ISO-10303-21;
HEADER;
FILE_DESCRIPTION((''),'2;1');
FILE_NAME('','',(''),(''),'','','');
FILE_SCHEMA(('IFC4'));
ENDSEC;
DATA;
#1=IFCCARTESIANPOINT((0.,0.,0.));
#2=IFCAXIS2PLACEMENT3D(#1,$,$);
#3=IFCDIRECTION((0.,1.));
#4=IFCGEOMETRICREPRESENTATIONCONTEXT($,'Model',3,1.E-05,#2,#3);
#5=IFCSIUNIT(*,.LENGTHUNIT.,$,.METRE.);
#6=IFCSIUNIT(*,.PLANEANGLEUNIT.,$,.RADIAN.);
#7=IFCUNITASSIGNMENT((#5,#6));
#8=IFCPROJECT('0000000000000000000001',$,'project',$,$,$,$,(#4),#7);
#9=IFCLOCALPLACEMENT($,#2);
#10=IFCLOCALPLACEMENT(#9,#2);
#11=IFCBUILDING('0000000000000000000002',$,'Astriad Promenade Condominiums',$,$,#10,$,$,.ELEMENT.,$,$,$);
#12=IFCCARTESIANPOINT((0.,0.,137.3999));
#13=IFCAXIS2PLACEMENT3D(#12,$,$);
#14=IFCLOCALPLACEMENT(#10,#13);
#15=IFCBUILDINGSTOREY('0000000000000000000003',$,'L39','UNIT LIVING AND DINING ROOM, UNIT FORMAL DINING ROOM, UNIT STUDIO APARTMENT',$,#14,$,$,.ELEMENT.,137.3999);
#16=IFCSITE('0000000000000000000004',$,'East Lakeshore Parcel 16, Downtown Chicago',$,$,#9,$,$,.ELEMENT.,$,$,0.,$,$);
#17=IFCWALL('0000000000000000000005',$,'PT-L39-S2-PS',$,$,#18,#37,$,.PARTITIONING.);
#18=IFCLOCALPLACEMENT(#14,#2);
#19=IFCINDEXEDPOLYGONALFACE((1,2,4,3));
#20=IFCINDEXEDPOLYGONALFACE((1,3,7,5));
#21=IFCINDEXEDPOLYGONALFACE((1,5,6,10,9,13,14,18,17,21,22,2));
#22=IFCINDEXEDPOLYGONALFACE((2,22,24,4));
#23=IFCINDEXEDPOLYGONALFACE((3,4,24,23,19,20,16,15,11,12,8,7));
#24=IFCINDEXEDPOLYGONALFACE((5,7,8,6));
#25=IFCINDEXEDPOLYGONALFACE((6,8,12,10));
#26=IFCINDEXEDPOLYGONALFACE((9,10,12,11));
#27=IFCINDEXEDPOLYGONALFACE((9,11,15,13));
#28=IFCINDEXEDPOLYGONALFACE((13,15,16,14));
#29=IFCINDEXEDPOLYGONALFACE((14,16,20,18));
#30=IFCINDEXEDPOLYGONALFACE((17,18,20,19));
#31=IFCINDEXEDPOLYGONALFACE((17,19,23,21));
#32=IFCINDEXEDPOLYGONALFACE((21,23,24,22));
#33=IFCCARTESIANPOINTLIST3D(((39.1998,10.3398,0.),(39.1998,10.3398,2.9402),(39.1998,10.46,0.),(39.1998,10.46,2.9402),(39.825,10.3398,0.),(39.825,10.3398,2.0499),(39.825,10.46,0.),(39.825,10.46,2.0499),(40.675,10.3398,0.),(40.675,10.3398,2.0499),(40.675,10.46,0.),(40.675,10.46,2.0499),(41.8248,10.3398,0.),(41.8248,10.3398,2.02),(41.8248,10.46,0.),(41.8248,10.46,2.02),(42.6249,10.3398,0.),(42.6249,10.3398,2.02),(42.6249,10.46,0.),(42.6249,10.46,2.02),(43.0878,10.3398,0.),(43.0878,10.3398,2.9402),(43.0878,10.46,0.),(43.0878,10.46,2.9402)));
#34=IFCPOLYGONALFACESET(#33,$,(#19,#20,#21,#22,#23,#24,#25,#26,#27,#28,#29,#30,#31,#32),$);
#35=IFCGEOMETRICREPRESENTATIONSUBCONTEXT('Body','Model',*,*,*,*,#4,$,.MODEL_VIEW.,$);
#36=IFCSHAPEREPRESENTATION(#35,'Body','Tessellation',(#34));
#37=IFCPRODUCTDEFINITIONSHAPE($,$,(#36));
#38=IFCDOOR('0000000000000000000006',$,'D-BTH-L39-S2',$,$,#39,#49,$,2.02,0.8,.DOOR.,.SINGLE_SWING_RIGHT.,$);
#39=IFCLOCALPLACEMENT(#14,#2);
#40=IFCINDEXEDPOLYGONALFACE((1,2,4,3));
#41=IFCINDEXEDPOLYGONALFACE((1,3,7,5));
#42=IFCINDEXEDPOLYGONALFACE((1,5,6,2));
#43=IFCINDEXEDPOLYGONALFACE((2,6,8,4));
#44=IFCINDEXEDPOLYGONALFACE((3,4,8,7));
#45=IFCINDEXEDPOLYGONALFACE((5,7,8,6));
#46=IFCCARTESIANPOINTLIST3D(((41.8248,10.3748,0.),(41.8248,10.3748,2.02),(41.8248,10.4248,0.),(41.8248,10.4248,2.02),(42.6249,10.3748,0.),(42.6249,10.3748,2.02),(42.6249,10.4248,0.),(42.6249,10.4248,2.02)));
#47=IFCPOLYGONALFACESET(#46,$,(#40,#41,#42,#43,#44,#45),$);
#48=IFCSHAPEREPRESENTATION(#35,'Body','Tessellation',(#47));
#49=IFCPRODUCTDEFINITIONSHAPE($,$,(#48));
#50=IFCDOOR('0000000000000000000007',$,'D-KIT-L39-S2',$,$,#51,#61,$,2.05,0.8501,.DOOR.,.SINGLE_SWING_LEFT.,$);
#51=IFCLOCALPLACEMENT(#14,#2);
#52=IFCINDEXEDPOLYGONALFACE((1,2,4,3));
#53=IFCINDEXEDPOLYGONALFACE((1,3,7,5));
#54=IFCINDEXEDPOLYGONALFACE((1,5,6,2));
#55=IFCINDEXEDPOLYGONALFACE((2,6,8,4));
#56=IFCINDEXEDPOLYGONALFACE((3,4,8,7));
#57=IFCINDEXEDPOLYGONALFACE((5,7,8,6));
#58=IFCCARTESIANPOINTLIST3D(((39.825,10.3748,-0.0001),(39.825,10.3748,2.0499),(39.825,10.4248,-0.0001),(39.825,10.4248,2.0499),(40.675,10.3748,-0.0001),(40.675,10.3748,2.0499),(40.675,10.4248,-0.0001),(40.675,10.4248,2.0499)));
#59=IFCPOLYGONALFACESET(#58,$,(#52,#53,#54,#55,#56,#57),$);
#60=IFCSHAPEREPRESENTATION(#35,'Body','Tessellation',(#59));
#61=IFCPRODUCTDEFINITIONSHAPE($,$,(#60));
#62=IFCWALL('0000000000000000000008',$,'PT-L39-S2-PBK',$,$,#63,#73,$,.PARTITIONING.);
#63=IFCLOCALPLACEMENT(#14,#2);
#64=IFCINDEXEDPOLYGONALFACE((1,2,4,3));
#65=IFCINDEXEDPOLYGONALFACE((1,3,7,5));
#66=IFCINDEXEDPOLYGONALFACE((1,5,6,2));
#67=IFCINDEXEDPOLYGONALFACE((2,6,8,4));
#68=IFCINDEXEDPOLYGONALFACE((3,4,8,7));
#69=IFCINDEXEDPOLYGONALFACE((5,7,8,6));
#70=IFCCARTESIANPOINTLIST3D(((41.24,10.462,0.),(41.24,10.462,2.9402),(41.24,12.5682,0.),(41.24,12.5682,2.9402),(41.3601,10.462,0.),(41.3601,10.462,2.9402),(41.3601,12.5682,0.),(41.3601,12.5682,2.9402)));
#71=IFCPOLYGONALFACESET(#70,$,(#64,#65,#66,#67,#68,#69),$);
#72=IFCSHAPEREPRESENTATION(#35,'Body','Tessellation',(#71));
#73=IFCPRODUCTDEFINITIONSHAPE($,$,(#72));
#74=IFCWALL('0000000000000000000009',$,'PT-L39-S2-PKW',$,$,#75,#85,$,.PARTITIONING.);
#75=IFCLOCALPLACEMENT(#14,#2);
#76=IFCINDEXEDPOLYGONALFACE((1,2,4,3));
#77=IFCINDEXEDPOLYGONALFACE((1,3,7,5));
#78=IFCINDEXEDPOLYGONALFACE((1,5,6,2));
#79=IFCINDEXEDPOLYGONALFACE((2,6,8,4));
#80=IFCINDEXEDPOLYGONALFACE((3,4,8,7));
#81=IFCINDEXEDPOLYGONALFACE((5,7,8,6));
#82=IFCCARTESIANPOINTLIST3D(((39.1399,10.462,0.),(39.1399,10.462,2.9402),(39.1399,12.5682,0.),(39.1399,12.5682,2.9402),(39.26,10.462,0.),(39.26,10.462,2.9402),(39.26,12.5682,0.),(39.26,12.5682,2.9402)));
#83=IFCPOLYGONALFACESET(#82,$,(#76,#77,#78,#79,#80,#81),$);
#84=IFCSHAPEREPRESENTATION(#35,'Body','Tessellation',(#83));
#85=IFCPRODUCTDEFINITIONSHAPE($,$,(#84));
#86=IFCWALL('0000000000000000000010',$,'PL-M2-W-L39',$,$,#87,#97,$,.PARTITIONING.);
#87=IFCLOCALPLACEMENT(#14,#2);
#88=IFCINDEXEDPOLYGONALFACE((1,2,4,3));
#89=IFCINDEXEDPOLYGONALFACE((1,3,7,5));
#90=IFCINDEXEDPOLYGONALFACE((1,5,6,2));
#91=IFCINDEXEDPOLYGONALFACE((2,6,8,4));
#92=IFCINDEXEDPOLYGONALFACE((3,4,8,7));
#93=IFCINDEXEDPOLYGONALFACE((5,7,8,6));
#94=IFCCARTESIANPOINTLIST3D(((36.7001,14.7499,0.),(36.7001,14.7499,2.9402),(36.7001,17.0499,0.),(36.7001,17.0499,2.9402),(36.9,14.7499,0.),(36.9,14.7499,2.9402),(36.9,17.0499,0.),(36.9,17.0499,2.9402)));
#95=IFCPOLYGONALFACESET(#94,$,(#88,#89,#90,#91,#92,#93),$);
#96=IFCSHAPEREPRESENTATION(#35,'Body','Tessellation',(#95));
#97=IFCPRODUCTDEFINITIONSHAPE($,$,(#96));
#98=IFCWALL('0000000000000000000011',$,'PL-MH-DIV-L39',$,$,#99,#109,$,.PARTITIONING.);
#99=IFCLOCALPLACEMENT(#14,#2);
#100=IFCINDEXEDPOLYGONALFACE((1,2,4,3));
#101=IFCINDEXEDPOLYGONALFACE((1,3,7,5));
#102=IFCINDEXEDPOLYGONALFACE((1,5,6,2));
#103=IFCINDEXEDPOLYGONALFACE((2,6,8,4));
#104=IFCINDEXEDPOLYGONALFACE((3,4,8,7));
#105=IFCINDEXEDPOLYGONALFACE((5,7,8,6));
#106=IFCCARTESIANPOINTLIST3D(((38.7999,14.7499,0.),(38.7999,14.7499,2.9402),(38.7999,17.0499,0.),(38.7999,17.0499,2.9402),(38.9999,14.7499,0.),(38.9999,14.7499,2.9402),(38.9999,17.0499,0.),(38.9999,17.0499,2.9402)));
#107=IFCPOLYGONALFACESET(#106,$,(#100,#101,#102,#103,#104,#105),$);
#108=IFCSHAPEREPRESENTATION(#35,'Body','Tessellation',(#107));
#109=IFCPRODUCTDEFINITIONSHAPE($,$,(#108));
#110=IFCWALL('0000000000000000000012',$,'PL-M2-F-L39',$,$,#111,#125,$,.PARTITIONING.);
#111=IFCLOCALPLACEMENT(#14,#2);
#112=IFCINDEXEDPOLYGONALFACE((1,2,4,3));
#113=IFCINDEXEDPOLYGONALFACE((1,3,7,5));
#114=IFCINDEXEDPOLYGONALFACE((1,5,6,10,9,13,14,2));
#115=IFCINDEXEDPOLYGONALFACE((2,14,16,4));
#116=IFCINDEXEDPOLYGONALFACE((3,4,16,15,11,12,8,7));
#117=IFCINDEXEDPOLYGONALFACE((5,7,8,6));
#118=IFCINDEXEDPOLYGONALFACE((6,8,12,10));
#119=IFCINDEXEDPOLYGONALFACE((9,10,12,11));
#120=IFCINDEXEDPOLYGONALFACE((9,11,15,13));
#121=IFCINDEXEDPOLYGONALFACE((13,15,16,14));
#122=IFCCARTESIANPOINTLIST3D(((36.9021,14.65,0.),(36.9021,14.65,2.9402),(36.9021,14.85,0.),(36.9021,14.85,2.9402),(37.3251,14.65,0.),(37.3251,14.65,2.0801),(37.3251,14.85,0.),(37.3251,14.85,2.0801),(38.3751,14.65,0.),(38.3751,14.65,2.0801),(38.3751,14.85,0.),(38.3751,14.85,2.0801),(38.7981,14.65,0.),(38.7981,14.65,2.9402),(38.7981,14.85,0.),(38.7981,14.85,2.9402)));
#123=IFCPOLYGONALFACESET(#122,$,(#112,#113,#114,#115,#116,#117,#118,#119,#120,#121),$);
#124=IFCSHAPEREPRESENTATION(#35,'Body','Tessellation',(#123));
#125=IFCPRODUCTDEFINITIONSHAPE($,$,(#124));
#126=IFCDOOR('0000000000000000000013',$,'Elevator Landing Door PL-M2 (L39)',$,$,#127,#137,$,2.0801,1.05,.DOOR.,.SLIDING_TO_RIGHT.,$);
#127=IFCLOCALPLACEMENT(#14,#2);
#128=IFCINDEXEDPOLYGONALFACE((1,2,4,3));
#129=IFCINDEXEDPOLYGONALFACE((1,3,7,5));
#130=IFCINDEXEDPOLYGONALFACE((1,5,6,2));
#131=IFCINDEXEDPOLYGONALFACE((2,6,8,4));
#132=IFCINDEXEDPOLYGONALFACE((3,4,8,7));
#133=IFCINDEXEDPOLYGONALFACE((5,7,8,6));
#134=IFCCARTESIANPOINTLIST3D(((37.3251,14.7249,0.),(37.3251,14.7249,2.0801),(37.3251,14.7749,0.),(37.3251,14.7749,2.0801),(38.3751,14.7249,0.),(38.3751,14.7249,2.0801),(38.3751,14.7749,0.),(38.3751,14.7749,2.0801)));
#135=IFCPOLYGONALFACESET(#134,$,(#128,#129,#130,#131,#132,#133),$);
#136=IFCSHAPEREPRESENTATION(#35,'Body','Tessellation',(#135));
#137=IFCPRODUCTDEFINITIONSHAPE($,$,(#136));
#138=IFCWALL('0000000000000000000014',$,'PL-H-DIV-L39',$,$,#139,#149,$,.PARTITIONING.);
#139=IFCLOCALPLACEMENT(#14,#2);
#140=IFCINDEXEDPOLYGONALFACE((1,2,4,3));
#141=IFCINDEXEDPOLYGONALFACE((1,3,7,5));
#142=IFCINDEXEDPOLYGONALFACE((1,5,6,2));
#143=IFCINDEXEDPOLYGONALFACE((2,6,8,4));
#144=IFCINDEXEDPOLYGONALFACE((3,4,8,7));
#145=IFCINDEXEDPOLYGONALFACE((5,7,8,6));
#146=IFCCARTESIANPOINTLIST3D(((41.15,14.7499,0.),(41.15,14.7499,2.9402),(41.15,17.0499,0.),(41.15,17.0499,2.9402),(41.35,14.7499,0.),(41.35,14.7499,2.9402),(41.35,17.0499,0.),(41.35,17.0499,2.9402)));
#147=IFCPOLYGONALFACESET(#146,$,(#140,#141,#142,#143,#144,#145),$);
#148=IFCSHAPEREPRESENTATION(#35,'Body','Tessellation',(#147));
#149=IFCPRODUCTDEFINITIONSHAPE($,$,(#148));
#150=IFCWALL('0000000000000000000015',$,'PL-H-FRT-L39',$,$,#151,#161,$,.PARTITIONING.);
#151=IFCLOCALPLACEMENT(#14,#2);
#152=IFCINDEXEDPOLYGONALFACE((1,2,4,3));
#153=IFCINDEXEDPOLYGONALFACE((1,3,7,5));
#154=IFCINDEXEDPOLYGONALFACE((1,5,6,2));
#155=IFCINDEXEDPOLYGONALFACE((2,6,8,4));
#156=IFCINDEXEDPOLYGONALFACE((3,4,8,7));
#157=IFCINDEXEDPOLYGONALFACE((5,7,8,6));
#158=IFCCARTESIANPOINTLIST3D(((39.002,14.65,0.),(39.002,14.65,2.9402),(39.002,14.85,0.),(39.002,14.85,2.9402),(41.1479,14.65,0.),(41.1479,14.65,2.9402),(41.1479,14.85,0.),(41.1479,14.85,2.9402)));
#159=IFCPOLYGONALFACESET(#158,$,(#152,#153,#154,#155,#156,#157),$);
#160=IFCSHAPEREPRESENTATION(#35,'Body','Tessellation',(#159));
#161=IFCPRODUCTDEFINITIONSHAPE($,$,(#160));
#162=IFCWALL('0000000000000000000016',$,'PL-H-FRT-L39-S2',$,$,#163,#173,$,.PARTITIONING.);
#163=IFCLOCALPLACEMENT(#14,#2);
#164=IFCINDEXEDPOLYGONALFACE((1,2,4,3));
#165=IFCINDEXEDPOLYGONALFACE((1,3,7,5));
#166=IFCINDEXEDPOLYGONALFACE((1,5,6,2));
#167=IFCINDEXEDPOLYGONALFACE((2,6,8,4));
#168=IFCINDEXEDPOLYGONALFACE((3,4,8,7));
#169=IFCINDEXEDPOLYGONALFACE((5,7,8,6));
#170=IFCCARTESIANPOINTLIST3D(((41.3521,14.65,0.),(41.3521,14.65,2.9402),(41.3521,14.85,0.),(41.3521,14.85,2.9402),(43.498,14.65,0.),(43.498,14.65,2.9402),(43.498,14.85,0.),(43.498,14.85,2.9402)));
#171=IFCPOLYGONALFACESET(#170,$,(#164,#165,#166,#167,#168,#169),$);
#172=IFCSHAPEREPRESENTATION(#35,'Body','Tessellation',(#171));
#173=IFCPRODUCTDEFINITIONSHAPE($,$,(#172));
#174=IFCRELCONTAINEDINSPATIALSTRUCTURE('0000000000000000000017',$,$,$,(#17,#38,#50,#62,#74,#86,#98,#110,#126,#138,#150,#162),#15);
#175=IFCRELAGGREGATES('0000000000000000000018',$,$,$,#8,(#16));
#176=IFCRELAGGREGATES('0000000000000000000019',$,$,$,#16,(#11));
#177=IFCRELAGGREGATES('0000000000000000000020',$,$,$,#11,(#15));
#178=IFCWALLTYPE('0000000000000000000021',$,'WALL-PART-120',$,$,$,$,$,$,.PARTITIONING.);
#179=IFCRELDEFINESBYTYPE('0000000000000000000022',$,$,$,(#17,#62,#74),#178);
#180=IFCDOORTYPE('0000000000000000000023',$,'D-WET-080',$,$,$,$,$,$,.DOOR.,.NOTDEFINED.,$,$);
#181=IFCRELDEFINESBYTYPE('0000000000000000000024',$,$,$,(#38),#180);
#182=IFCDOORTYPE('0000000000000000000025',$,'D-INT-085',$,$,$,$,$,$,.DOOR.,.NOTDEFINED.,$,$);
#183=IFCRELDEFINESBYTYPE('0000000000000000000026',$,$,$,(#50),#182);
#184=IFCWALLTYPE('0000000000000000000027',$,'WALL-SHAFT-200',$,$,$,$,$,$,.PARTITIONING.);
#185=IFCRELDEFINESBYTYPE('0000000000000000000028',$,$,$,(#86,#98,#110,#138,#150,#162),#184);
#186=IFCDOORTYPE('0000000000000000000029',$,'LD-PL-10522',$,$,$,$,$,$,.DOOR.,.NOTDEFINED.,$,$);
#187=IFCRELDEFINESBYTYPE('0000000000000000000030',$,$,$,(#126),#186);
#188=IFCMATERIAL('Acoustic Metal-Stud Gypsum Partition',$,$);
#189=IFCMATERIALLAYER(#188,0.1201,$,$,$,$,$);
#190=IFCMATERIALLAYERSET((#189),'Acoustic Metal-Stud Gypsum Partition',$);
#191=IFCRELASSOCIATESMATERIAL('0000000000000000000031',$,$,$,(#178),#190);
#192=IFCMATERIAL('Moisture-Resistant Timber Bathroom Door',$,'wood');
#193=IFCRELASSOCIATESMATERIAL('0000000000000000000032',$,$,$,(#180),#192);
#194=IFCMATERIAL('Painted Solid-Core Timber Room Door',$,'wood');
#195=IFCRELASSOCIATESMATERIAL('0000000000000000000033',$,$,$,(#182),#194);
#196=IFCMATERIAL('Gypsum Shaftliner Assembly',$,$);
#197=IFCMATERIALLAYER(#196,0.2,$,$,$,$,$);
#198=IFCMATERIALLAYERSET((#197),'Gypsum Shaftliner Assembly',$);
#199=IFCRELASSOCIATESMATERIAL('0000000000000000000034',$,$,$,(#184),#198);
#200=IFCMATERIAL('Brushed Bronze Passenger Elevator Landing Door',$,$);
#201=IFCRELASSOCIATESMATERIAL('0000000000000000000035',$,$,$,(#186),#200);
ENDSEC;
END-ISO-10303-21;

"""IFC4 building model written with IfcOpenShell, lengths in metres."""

from ifc_helpers import new_model, si_unit, direction, frame, frame_2d, origin, place, context, subcontext, project, spatial, rectangle, extrude, source, transform, mapped, material, layer, layer_set, type_object, type_shapes, element, fill, save


model = new_model("IFC4")

# Units and contexts
model_context = context("Model", 3, precision=1e-05, world=origin(), true_north=direction((0.0, 1.0)))
body_context = subcontext(model_context, "Body", "Model", "MODEL_VIEW")
ifc_project = project(units=[si_unit("LENGTHUNIT", "METRE"), si_unit("PLANEANGLEUNIT", "RADIAN")], contexts=[model_context])

# Site, building, storey
site_placement = place(None, origin())
site = spatial("IfcSite", under=ifc_project, at=site_placement, Name="East Lakeshore Parcel 16, Downtown Chicago", CompositionType="ELEMENT", RefElevation=0.0)
building_placement = place(site_placement, origin())
building = spatial("IfcBuilding", under=site, at=building_placement, Name="Astriad Promenade Condominiums", CompositionType="ELEMENT")
storey_placement = place(building_placement, frame((0.0, 0.0, 137.3999)))
storey = spatial("IfcBuildingStorey", under=building, at=storey_placement, Name="L39", Description="UNIT LIVING AND DINING ROOM, UNIT FORMAL DINING ROOM, UNIT STUDIO APARTMENT", CompositionType="ELEMENT", Elevation=137.3999)

# Shared definitions
ifc_material_1 = material(Name="Acoustic Metal-Stud Gypsum Partition")
ifc_layer_1 = layer(ifc_material_1, 0.1201)
ifc_layer_set_1 = layer_set([ifc_layer_1], Name="Acoustic Metal-Stud Gypsum Partition")
wall_type_1 = type_object("IfcWallType", Name="WALL-PART-120", PredefinedType="PARTITIONING", material=ifc_layer_set_1)

# Wall, openings, doors
wall_1_placement = place(storey_placement, frame((39.2, 10.3999, 0.0), z_axis=(0.0, 0.0, 1.0), x_axis=(1.0, 0.0, 0.0)))
wall_1 = element("IfcWall", 1, at=wall_1_placement, inside=storey, type_object=wall_type_1, Name="PT-L39-S2-PS", PredefinedType="PARTITIONING", context=body_context, shape_type="SweptSolid", body=[
    extrude(rectangle(XDim=3.8879, YDim=0.1201, at=frame_2d((1.9438, 0.0))), origin(), (0.0, 0.0, 1.0), 2.9402),
])
opening_1_placement = place(wall_1_placement, frame((0.625, 0.0, 0.0)))
opening_1 = element("IfcOpeningElement", 2, at=opening_1_placement, cuts=wall_1, PredefinedType="OPENING", context=body_context, shape_type="SweptSolid", body=[
    extrude(rectangle(XDim=0.8501, YDim=2.05, at=frame_2d((0.425, 1.0249))), frame((0.0, 0.0701, 0.0), z_axis=(0.0, -1.0, 0.0), x_axis=(1.0, 0.0, 0.0)), (0.0, 0.0, 1.0), 0.1401),
])
opening_2_placement = place(wall_1_placement, frame((2.625, 0.0, 0.0)))
opening_2 = element("IfcOpeningElement", 3, at=opening_2_placement, cuts=wall_1, PredefinedType="OPENING", context=body_context, shape_type="SweptSolid", body=[
    extrude(rectangle(XDim=0.8, YDim=2.02, at=frame_2d((0.3999, 1.01))), frame((0.0, 0.0701, 0.0), z_axis=(0.0, -1.0, 0.0), x_axis=(1.0, 0.0, 0.0)), (0.0, 0.0, 1.0), 0.1401),
])
ifc_material_2 = material(Name="Moisture-Resistant Timber Bathroom Door", Category="wood")
door_type_1 = type_object("IfcDoorType", Name="D-WET-080", OperationType="NOTDEFINED", PredefinedType="DOOR", material=ifc_material_2)
shared_shape_1 = source(origin(), body_context, "Body", "SweptSolid", [
    extrude(rectangle(XDim=0.8, YDim=2.02, at=frame_2d((0.3999, 1.01))), frame((0.0, 0.0249, 0.0), z_axis=(0.0, -1.0, 0.0), x_axis=(1.0, 0.0, 0.0)), (0.0, 0.0, 1.0), 0.05),
])
type_shapes(door_type_1, [shared_shape_1])
door_1_placement = place(opening_2_placement, origin())
door_1 = element("IfcDoor", 4, at=door_1_placement, inside=storey, type_object=door_type_1, Name="D-BTH-L39-S2", OperationType="SINGLE_SWING_RIGHT", OverallHeight=2.02, OverallWidth=0.8, PredefinedType="DOOR", context=body_context, shape_type="MappedRepresentation", body=[
    mapped(shared_shape_1, transform((0.0, 0.0, 0.0), scale=1.0)),
])
fill(opening_2, door_1)
ifc_material_3 = material(Name="Painted Solid-Core Timber Room Door", Category="wood")
door_type_2 = type_object("IfcDoorType", Name="D-INT-085", OperationType="NOTDEFINED", PredefinedType="DOOR", material=ifc_material_3)
shared_shape_2 = source(origin(), body_context, "Body", "SweptSolid", [
    extrude(rectangle(XDim=0.8501, YDim=2.05, at=frame_2d((0.425, 1.0249))), frame((0.0, 0.0249, 0.0), z_axis=(0.0, -1.0, 0.0), x_axis=(1.0, 0.0, 0.0)), (0.0, 0.0, 1.0), 0.05),
])
type_shapes(door_type_2, [shared_shape_2])
door_2_placement = place(opening_1_placement, origin())
door_2 = element("IfcDoor", 5, at=door_2_placement, inside=storey, type_object=door_type_2, Name="D-KIT-L39-S2", OperationType="SINGLE_SWING_LEFT", OverallHeight=2.05, OverallWidth=0.8501, PredefinedType="DOOR", context=body_context, shape_type="MappedRepresentation", body=[
    mapped(shared_shape_2, transform((0.0, 0.0, 0.0), scale=1.0)),
])
fill(opening_1, door_2)

# Walls
for number, where, z_axis, x_axis, name in (
    (6, (41.3, 10.4619, 0.0), (0.0, 0.0, 1.0), (0.0, 1.0, 0.0), "PT-L39-S2-PBK"),
    (7, (39.2, 10.4619, 0.0), (0.0, 0.0, 1.0), (0.0, 1.0, 0.0), "PT-L39-S2-PKW"),
):
    element("IfcWall", number, at=place(storey_placement, frame(where, z_axis=z_axis, x_axis=x_axis)), inside=storey, type_object=wall_type_1, Name=name, PredefinedType="PARTITIONING", context=body_context, shape_type="SweptSolid", body=[
        extrude(rectangle(XDim=2.1062, YDim=0.1201, at=frame_2d((1.0532, 0.0))), origin(), (0.0, 0.0, 1.0), 2.9402),
    ])
ifc_material_4 = material(Name="Gypsum Shaftliner Assembly")
ifc_layer_2 = layer(ifc_material_4, 0.2)
ifc_layer_set_2 = layer_set([ifc_layer_2], Name="Gypsum Shaftliner Assembly")
wall_type_2 = type_object("IfcWallType", Name="WALL-SHAFT-200", PredefinedType="PARTITIONING", material=ifc_layer_set_2)
for number, where, z_axis, x_axis, name in (
    (8, (36.8, 14.75, 0.0), (0.0, 0.0, 1.0), (0.0, 1.0, 0.0), "PL-M2-W-L39"),
    (9, (38.8999, 14.75, 0.0), (0.0, 0.0, 1.0), (0.0, 1.0, 0.0), "PL-MH-DIV-L39"),
):
    element("IfcWall", number, at=place(storey_placement, frame(where, z_axis=z_axis, x_axis=x_axis)), inside=storey, type_object=wall_type_2, Name=name, PredefinedType="PARTITIONING", context=body_context, shape_type="SweptSolid", body=[
        extrude(rectangle(XDim=2.3, YDim=0.2, at=frame_2d((1.1499, 0.0))), origin(), (0.0, 0.0, 1.0), 2.9402),
    ])

# Wall, opening, door
wall_2_placement = place(storey_placement, frame((36.9021, 14.75, 0.0), z_axis=(0.0, 0.0, 1.0), x_axis=(1.0, 0.0, 0.0)))
wall_2 = element("IfcWall", 10, at=wall_2_placement, inside=storey, type_object=wall_type_2, Name="PL-M2-F-L39", PredefinedType="PARTITIONING", context=body_context, shape_type="SweptSolid", body=[
    extrude(rectangle(XDim=1.896, YDim=0.2, at=frame_2d((0.948, 0.0))), origin(), (0.0, 0.0, 1.0), 2.9402),
])
opening_3_placement = place(wall_2_placement, frame((0.4231, 0.0, 0.0)))
opening_3 = element("IfcOpeningElement", 11, at=opening_3_placement, cuts=wall_2, PredefinedType="OPENING", context=body_context, shape_type="SweptSolid", body=[
    extrude(rectangle(XDim=1.05, YDim=2.0801, at=frame_2d((0.5249, 1.04))), frame((0.0, 0.1099, 0.0), z_axis=(0.0, -1.0, 0.0), x_axis=(1.0, 0.0, 0.0)), (0.0, 0.0, 1.0), 0.22),
])
ifc_material_5 = material(Name="Brushed Bronze Passenger Elevator Landing Door")
door_type_3 = type_object("IfcDoorType", Name="LD-PL-10522", OperationType="NOTDEFINED", PredefinedType="DOOR", material=ifc_material_5)
shared_shape_3 = source(origin(), body_context, "Body", "SweptSolid", [
    extrude(rectangle(XDim=1.05, YDim=2.0801, at=frame_2d((0.5249, 1.04))), frame((0.0, 0.0249, 0.0), z_axis=(0.0, -1.0, 0.0), x_axis=(1.0, 0.0, 0.0)), (0.0, 0.0, 1.0), 0.05),
])
type_shapes(door_type_3, [shared_shape_3])
door_3_placement = place(opening_3_placement, origin())
door_3 = element("IfcDoor", 12, at=door_3_placement, inside=storey, type_object=door_type_3, Name="Elevator Landing Door PL-M2 (L39)", OperationType="SLIDING_TO_RIGHT", OverallHeight=2.0801, OverallWidth=1.05, PredefinedType="DOOR", context=body_context, shape_type="MappedRepresentation", body=[
    mapped(shared_shape_3, transform((0.0, 0.0, 0.0), scale=1.0)),
])
fill(opening_3, door_3)

# Walls
wall_3_placement = place(storey_placement, frame((41.25, 14.75, 0.0), z_axis=(0.0, 0.0, 1.0), x_axis=(0.0, 1.0, 0.0)))
element("IfcWall", 13, at=wall_3_placement, inside=storey, type_object=wall_type_2, Name="PL-H-DIV-L39", PredefinedType="PARTITIONING", context=body_context, shape_type="SweptSolid", body=[
    extrude(rectangle(XDim=2.3, YDim=0.2, at=frame_2d((1.1499, 0.0))), origin(), (0.0, 0.0, 1.0), 2.9402),
])
for number, where, z_axis, x_axis, name in (
    (14, (39.002, 14.75, 0.0), (0.0, 0.0, 1.0), (1.0, 0.0, 0.0), "PL-H-FRT-L39"),
    (15, (41.3521, 14.75, 0.0), (0.0, 0.0, 1.0), (1.0, 0.0, 0.0), "PL-H-FRT-L39-S2"),
):
    element("IfcWall", number, at=place(storey_placement, frame(where, z_axis=z_axis, x_axis=x_axis)), inside=storey, type_object=wall_type_2, Name=name, PredefinedType="PARTITIONING", context=body_context, shape_type="SweptSolid", body=[
        extrude(rectangle(XDim=2.146, YDim=0.2, at=frame_2d((1.073, 0.0))), origin(), (0.0, 0.0, 1.0), 2.9402),
    ])

save(model, "model.ifc")
